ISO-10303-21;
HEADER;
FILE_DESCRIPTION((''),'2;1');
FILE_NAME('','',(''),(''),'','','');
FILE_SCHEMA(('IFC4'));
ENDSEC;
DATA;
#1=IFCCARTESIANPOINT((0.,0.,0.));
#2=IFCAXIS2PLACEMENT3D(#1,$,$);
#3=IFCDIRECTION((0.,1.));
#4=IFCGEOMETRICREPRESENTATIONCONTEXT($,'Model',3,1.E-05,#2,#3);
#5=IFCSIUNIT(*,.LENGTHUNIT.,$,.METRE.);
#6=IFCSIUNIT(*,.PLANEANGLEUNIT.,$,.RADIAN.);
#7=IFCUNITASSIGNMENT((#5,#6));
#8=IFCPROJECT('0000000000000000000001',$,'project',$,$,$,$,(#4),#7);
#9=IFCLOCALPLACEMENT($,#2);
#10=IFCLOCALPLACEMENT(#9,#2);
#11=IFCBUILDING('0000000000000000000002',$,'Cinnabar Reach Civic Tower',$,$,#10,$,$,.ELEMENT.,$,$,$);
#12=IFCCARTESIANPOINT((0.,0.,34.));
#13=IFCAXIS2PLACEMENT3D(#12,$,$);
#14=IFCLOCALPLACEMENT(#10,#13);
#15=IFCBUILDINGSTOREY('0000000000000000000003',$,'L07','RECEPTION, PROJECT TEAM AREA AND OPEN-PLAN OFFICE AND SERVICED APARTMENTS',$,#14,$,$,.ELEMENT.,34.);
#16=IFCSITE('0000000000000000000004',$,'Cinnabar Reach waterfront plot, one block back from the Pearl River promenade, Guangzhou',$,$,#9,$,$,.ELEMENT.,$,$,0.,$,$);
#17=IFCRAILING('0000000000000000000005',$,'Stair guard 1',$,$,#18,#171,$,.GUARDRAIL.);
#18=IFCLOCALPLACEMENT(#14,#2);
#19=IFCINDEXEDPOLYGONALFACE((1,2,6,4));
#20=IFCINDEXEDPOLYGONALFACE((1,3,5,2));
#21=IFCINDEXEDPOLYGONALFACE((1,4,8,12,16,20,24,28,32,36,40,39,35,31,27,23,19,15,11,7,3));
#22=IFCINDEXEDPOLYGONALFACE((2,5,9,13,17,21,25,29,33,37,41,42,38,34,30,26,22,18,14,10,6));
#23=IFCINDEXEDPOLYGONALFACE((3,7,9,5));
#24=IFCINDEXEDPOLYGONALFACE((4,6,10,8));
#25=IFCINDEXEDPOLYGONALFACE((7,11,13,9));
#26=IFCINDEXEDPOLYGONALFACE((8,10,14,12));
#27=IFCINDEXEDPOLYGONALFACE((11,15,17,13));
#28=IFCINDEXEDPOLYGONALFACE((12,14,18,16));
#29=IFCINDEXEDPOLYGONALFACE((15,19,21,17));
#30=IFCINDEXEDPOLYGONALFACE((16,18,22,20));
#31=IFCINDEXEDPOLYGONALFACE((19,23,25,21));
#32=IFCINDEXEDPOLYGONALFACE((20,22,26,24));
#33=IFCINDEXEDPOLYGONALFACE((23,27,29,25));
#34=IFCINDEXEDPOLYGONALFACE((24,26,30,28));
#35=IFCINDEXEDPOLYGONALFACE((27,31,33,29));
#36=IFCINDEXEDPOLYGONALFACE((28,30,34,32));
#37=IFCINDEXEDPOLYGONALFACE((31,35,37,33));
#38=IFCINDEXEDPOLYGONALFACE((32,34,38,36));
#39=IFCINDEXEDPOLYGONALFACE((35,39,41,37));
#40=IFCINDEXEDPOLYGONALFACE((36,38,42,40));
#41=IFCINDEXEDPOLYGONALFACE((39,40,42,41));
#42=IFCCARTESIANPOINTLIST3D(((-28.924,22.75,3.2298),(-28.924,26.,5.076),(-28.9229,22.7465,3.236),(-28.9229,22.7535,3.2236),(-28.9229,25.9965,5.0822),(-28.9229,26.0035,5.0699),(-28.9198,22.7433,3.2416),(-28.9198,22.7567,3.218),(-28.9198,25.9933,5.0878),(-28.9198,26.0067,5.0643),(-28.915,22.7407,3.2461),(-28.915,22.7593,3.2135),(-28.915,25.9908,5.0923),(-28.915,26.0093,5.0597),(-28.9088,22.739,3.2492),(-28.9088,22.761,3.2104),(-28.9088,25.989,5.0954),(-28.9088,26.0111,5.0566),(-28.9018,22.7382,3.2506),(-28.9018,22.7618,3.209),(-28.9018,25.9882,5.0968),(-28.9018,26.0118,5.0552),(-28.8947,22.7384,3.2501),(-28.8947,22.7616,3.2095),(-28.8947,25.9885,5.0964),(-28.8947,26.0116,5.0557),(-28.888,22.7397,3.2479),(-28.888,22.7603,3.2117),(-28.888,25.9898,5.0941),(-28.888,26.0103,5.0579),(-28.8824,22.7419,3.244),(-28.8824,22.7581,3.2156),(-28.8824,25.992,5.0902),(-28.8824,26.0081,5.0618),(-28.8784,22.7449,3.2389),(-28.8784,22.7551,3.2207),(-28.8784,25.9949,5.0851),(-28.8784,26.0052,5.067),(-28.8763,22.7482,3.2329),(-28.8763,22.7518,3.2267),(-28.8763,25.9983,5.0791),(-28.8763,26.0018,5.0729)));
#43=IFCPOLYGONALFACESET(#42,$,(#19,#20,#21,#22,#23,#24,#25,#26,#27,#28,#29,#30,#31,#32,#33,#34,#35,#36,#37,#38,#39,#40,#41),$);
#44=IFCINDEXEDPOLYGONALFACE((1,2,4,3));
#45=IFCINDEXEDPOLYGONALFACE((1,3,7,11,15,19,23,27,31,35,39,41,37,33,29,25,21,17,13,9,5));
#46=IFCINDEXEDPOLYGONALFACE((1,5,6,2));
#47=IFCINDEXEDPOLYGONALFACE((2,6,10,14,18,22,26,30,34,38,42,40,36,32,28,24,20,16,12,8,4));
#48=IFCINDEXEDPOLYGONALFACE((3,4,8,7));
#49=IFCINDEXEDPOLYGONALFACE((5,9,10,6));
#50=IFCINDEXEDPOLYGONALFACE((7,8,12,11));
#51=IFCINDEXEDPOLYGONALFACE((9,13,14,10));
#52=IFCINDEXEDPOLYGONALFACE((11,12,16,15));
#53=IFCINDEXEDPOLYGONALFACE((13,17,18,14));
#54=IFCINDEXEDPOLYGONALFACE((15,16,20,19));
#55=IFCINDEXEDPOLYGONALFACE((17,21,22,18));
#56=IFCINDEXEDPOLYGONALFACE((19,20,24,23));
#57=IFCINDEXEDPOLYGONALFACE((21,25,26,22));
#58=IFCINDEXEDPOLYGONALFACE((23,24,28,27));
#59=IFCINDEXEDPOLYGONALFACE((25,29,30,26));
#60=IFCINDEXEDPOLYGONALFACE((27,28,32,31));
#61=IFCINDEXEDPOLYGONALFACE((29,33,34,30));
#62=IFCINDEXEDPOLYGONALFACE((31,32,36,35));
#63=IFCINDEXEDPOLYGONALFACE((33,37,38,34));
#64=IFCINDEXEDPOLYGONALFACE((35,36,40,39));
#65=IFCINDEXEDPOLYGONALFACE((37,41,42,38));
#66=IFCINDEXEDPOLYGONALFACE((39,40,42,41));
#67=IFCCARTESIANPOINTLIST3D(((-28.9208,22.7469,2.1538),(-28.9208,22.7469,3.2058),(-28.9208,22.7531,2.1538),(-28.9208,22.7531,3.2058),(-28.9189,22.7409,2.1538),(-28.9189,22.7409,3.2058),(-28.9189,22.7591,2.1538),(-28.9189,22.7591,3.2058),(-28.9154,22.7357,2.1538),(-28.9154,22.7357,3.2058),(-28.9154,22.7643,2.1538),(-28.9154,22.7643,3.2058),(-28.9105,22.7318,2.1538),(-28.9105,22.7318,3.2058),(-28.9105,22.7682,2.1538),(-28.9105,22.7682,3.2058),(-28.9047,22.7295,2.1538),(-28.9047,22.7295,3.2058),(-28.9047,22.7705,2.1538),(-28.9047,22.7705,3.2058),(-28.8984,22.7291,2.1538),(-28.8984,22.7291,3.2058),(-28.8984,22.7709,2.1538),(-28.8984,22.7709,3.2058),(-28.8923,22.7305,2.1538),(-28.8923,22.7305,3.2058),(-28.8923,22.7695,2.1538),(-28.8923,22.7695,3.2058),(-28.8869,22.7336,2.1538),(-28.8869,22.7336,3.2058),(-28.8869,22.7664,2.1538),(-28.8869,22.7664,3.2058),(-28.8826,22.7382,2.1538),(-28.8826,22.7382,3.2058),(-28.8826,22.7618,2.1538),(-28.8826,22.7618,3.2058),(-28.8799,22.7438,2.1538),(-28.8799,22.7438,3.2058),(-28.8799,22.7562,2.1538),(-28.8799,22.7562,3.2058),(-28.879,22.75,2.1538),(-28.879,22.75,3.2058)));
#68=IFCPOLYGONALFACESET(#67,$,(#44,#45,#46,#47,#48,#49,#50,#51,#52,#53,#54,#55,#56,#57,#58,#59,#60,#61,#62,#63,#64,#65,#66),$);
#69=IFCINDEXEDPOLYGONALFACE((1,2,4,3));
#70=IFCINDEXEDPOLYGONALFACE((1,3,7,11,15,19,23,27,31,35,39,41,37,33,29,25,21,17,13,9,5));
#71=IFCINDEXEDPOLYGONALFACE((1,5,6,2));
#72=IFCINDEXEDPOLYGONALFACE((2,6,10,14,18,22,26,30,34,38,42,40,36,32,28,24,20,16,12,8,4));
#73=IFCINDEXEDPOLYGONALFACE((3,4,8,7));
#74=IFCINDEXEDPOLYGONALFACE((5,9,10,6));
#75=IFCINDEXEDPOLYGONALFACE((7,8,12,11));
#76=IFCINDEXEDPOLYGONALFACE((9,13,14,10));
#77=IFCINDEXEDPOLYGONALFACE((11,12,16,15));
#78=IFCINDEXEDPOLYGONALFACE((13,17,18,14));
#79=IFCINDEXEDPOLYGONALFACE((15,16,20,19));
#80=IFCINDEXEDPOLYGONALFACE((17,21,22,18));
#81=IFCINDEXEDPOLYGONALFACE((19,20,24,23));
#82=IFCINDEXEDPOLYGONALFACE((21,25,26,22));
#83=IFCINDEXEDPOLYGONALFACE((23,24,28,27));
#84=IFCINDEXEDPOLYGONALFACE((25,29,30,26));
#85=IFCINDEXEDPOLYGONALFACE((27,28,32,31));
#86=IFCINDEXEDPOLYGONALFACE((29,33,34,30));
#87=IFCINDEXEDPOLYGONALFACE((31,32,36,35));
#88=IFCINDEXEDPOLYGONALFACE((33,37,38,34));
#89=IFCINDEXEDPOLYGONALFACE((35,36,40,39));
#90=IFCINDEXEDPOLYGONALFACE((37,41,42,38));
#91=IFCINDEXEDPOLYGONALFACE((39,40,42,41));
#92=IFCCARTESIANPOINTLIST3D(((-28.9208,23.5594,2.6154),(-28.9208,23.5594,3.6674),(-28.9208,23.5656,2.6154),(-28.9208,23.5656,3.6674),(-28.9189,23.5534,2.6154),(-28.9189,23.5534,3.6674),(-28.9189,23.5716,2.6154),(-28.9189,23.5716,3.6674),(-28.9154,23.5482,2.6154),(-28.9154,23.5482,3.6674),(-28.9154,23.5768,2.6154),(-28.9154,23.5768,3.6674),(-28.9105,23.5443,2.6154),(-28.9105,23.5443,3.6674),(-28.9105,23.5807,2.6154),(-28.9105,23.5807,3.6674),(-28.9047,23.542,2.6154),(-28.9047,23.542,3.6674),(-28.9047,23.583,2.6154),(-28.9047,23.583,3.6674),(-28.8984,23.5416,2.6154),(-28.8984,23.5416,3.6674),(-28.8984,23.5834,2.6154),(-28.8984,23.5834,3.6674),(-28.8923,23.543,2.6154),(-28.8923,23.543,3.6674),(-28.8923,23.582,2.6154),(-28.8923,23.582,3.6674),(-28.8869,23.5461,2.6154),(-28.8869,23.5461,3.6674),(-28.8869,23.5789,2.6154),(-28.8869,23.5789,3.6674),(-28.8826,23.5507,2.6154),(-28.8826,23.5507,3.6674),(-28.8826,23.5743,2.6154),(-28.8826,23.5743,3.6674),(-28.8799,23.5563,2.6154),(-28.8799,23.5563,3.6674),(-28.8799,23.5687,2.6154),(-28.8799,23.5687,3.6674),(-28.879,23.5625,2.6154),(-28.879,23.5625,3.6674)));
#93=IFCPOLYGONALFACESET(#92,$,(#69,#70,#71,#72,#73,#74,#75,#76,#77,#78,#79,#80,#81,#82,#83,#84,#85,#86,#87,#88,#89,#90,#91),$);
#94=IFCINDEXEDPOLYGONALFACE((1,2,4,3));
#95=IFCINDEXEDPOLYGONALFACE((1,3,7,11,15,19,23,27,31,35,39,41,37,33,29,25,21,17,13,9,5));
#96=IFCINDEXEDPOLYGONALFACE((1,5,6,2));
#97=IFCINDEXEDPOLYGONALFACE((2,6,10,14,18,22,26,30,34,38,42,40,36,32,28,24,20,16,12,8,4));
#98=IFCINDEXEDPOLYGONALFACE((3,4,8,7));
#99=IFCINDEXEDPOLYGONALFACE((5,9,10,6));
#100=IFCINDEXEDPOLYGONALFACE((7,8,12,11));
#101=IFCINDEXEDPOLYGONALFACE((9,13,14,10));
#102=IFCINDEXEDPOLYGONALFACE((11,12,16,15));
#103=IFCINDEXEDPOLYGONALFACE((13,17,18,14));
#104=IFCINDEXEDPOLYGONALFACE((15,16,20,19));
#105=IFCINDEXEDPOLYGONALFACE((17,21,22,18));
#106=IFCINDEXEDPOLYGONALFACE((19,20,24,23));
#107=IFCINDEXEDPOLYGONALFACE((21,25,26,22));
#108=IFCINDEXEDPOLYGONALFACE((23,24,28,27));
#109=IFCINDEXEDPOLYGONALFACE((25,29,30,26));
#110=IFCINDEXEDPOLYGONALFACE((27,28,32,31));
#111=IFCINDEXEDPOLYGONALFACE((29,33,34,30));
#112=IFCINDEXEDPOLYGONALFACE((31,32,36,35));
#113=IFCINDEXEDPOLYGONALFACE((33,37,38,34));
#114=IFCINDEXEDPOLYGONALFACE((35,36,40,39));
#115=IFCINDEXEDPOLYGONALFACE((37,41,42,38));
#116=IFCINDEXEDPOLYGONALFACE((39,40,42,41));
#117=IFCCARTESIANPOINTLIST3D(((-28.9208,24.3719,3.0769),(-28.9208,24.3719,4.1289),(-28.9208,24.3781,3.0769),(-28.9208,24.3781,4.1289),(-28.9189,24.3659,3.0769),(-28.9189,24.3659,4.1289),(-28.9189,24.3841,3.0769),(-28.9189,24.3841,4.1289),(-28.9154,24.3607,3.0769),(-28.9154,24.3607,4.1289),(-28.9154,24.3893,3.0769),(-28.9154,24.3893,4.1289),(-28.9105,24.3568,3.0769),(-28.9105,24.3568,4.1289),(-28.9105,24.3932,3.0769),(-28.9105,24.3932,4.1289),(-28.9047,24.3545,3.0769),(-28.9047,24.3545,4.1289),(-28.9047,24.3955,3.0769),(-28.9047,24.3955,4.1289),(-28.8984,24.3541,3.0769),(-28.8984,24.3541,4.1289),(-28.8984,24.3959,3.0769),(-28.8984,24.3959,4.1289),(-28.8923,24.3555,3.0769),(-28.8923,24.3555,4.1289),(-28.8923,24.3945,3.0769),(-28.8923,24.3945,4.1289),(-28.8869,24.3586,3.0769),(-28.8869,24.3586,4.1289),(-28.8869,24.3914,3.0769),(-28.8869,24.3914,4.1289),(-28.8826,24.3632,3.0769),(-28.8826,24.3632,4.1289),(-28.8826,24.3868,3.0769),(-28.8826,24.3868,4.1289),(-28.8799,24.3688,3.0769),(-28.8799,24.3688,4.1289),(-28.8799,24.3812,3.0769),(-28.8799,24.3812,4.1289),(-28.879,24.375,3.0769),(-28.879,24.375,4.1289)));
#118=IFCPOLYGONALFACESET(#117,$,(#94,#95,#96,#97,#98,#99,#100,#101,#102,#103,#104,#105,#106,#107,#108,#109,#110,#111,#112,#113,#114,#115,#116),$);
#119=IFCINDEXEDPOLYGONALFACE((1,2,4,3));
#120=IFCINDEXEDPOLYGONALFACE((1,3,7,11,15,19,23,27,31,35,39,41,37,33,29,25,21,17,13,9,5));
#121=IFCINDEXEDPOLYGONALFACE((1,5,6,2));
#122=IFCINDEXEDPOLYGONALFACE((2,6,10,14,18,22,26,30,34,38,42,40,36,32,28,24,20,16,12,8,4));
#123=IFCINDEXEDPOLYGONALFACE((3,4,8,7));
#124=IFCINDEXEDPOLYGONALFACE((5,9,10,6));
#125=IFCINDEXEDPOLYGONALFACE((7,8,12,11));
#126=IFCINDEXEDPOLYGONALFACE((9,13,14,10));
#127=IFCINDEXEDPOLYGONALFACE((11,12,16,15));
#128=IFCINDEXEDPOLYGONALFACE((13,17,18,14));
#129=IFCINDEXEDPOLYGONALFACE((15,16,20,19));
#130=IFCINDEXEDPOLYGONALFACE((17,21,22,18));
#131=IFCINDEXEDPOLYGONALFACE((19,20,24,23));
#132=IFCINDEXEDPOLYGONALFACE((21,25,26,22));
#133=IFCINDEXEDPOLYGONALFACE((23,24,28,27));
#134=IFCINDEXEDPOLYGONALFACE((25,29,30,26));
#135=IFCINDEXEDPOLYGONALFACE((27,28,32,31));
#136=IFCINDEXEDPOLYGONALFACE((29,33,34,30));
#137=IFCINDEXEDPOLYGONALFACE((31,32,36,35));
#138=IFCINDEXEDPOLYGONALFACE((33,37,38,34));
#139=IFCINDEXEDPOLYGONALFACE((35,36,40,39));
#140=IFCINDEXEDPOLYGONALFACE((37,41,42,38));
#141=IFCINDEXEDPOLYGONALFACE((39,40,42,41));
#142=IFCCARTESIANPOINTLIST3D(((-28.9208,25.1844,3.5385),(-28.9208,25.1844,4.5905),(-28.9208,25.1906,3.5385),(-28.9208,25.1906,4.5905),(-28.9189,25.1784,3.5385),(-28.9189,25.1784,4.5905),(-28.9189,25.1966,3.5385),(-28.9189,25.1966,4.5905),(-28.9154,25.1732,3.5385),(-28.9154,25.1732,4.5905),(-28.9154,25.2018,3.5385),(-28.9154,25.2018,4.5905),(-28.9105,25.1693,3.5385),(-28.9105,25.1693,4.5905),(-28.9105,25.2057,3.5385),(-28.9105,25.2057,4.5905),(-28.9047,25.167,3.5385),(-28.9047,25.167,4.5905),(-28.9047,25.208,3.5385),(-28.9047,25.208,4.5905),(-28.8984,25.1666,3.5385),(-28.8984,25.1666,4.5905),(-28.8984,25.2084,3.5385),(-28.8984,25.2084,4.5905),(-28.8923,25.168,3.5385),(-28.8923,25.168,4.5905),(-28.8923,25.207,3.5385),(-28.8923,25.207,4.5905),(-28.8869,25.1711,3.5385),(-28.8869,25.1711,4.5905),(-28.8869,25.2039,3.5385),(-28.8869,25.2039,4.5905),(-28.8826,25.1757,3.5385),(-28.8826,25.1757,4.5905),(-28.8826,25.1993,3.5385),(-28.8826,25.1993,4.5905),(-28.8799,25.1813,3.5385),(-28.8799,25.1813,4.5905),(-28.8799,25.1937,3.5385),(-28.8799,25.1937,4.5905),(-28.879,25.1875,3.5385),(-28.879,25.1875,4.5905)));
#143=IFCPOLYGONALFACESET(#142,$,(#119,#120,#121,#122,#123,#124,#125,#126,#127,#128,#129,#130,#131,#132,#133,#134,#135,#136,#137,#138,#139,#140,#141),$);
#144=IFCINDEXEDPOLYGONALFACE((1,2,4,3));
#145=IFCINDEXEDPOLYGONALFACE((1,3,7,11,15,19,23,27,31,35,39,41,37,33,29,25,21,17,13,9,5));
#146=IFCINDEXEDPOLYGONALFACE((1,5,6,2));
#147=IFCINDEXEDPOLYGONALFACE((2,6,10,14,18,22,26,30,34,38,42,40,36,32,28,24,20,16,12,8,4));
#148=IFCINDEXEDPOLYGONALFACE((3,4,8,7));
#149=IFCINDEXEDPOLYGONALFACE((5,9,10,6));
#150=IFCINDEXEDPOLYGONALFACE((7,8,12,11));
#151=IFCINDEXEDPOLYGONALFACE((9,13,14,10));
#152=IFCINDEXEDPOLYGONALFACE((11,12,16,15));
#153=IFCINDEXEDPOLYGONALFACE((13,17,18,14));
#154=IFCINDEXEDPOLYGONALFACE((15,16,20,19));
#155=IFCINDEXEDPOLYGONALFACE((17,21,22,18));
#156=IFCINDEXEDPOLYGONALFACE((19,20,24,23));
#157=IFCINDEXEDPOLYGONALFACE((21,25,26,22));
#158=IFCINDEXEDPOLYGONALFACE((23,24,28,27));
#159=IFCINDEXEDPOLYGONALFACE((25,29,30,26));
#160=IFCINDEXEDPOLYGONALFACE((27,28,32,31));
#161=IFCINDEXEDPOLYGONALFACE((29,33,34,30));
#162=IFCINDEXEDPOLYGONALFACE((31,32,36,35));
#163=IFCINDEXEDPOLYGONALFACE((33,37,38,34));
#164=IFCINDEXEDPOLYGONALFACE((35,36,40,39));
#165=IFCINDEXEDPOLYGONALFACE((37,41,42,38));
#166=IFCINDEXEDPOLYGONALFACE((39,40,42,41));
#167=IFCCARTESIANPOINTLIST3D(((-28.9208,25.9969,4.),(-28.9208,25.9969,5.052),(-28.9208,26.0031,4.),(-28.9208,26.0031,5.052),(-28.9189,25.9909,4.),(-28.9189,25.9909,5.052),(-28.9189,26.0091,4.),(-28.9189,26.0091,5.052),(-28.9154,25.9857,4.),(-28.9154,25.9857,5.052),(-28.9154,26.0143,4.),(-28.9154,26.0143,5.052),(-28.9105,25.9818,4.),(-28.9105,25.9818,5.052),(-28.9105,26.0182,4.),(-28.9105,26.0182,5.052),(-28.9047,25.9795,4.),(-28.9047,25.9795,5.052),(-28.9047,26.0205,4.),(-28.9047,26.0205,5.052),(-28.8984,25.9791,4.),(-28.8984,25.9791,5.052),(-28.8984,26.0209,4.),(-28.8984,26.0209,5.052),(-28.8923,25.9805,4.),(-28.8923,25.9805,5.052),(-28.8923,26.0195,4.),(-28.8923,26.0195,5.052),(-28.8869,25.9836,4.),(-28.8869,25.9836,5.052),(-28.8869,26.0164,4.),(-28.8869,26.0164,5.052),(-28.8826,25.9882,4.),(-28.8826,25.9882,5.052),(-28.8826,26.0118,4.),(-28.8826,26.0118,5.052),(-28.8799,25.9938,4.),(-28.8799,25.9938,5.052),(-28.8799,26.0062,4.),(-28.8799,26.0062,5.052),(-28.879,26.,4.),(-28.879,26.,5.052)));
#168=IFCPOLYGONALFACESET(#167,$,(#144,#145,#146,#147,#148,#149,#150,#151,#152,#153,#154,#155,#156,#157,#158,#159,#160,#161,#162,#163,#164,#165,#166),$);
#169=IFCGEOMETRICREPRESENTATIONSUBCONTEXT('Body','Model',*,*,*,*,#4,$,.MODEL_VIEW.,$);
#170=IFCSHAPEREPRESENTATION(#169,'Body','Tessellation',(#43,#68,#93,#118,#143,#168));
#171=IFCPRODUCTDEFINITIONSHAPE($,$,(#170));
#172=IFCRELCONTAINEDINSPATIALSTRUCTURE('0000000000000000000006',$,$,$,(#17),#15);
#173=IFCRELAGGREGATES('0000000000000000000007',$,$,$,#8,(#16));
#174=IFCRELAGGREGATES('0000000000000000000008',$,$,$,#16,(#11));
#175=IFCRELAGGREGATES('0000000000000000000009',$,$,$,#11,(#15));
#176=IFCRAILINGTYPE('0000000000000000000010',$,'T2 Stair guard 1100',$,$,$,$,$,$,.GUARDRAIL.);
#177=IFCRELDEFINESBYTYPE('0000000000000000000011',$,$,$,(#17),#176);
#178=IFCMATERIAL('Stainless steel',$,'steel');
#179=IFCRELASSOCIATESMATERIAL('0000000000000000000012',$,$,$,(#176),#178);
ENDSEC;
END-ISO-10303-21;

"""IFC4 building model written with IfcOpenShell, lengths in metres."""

from ifc_helpers import new_model, si_unit, direction, frame, origin, origin_2d, place, context, subcontext, project, spatial, circle, extrude, material, type_object, element, save


model = new_model("IFC4")

# Units and contexts
model_context = context("Model", 3, precision=1e-05, world=origin(), true_north=direction((0.0, 1.0)))
body_context = subcontext(model_context, "Body", "Model", "MODEL_VIEW")
ifc_project = project(units=[si_unit("LENGTHUNIT", "METRE"), si_unit("PLANEANGLEUNIT", "RADIAN")], contexts=[model_context])

# Site, building, storey
site_placement = place(None, origin())
site = spatial("IfcSite", under=ifc_project, at=site_placement, Name="Cinnabar Reach waterfront plot, one block back from the Pearl River promenade, Guangzhou", CompositionType="ELEMENT", RefElevation=0.0)
building_placement = place(site_placement, origin())
building = spatial("IfcBuilding", under=site, at=building_placement, Name="Cinnabar Reach Civic Tower", CompositionType="ELEMENT")
storey_placement = place(building_placement, frame((0.0, 0.0, 34.0)))
storey = spatial("IfcBuildingStorey", under=building, at=storey_placement, Name="L07", Description="RECEPTION, PROJECT TEAM AREA AND OPEN-PLAN OFFICE AND SERVICED APARTMENTS", CompositionType="ELEMENT", Elevation=34.0)

# Railing
ifc_material_1 = material(Name="Stainless steel", Category="steel")
railing_type = type_object("IfcRailingType", Name="T2 Stair guard 1100", PredefinedType="GUARDRAIL", material=ifc_material_1)
railing_1_placement = place(storey_placement, frame((-28.9, 22.75, 2.1538)))
element("IfcRailing", 1, at=railing_1_placement, inside=storey, type_object=railing_type, Name="Stair guard 1", PredefinedType="GUARDRAIL", context=body_context, shape_type="SweptSolid", body=[
    extrude(circle(Radius=0.024, at=origin_2d()), frame((0.0, 0.0, 1.076), z_axis=(0.0, 0.869501, 0.49393), x_axis=(-1.0, 0.0, 0.0)), (0.0, 0.0, 1.0), 3.7378),
    extrude(circle(Radius=0.021, at=origin_2d()), origin(), (0.0, 0.0, 1.0), 1.052),
    extrude(circle(Radius=0.021, at=origin_2d()), frame((0.0, 0.8125, 0.4616)), (0.0, 0.0, 1.0), 1.052),
    extrude(circle(Radius=0.021, at=origin_2d()), frame((0.0, 1.625, 0.9231)), (0.0, 0.0, 1.0), 1.052),
    extrude(circle(Radius=0.021, at=origin_2d()), frame((0.0, 2.4375, 1.3847)), (0.0, 0.0, 1.0), 1.052),
    extrude(circle(Radius=0.021, at=origin_2d()), frame((0.0, 3.25, 1.8462)), (0.0, 0.0, 1.0), 1.052),
])

save(model, "model.ifc")
